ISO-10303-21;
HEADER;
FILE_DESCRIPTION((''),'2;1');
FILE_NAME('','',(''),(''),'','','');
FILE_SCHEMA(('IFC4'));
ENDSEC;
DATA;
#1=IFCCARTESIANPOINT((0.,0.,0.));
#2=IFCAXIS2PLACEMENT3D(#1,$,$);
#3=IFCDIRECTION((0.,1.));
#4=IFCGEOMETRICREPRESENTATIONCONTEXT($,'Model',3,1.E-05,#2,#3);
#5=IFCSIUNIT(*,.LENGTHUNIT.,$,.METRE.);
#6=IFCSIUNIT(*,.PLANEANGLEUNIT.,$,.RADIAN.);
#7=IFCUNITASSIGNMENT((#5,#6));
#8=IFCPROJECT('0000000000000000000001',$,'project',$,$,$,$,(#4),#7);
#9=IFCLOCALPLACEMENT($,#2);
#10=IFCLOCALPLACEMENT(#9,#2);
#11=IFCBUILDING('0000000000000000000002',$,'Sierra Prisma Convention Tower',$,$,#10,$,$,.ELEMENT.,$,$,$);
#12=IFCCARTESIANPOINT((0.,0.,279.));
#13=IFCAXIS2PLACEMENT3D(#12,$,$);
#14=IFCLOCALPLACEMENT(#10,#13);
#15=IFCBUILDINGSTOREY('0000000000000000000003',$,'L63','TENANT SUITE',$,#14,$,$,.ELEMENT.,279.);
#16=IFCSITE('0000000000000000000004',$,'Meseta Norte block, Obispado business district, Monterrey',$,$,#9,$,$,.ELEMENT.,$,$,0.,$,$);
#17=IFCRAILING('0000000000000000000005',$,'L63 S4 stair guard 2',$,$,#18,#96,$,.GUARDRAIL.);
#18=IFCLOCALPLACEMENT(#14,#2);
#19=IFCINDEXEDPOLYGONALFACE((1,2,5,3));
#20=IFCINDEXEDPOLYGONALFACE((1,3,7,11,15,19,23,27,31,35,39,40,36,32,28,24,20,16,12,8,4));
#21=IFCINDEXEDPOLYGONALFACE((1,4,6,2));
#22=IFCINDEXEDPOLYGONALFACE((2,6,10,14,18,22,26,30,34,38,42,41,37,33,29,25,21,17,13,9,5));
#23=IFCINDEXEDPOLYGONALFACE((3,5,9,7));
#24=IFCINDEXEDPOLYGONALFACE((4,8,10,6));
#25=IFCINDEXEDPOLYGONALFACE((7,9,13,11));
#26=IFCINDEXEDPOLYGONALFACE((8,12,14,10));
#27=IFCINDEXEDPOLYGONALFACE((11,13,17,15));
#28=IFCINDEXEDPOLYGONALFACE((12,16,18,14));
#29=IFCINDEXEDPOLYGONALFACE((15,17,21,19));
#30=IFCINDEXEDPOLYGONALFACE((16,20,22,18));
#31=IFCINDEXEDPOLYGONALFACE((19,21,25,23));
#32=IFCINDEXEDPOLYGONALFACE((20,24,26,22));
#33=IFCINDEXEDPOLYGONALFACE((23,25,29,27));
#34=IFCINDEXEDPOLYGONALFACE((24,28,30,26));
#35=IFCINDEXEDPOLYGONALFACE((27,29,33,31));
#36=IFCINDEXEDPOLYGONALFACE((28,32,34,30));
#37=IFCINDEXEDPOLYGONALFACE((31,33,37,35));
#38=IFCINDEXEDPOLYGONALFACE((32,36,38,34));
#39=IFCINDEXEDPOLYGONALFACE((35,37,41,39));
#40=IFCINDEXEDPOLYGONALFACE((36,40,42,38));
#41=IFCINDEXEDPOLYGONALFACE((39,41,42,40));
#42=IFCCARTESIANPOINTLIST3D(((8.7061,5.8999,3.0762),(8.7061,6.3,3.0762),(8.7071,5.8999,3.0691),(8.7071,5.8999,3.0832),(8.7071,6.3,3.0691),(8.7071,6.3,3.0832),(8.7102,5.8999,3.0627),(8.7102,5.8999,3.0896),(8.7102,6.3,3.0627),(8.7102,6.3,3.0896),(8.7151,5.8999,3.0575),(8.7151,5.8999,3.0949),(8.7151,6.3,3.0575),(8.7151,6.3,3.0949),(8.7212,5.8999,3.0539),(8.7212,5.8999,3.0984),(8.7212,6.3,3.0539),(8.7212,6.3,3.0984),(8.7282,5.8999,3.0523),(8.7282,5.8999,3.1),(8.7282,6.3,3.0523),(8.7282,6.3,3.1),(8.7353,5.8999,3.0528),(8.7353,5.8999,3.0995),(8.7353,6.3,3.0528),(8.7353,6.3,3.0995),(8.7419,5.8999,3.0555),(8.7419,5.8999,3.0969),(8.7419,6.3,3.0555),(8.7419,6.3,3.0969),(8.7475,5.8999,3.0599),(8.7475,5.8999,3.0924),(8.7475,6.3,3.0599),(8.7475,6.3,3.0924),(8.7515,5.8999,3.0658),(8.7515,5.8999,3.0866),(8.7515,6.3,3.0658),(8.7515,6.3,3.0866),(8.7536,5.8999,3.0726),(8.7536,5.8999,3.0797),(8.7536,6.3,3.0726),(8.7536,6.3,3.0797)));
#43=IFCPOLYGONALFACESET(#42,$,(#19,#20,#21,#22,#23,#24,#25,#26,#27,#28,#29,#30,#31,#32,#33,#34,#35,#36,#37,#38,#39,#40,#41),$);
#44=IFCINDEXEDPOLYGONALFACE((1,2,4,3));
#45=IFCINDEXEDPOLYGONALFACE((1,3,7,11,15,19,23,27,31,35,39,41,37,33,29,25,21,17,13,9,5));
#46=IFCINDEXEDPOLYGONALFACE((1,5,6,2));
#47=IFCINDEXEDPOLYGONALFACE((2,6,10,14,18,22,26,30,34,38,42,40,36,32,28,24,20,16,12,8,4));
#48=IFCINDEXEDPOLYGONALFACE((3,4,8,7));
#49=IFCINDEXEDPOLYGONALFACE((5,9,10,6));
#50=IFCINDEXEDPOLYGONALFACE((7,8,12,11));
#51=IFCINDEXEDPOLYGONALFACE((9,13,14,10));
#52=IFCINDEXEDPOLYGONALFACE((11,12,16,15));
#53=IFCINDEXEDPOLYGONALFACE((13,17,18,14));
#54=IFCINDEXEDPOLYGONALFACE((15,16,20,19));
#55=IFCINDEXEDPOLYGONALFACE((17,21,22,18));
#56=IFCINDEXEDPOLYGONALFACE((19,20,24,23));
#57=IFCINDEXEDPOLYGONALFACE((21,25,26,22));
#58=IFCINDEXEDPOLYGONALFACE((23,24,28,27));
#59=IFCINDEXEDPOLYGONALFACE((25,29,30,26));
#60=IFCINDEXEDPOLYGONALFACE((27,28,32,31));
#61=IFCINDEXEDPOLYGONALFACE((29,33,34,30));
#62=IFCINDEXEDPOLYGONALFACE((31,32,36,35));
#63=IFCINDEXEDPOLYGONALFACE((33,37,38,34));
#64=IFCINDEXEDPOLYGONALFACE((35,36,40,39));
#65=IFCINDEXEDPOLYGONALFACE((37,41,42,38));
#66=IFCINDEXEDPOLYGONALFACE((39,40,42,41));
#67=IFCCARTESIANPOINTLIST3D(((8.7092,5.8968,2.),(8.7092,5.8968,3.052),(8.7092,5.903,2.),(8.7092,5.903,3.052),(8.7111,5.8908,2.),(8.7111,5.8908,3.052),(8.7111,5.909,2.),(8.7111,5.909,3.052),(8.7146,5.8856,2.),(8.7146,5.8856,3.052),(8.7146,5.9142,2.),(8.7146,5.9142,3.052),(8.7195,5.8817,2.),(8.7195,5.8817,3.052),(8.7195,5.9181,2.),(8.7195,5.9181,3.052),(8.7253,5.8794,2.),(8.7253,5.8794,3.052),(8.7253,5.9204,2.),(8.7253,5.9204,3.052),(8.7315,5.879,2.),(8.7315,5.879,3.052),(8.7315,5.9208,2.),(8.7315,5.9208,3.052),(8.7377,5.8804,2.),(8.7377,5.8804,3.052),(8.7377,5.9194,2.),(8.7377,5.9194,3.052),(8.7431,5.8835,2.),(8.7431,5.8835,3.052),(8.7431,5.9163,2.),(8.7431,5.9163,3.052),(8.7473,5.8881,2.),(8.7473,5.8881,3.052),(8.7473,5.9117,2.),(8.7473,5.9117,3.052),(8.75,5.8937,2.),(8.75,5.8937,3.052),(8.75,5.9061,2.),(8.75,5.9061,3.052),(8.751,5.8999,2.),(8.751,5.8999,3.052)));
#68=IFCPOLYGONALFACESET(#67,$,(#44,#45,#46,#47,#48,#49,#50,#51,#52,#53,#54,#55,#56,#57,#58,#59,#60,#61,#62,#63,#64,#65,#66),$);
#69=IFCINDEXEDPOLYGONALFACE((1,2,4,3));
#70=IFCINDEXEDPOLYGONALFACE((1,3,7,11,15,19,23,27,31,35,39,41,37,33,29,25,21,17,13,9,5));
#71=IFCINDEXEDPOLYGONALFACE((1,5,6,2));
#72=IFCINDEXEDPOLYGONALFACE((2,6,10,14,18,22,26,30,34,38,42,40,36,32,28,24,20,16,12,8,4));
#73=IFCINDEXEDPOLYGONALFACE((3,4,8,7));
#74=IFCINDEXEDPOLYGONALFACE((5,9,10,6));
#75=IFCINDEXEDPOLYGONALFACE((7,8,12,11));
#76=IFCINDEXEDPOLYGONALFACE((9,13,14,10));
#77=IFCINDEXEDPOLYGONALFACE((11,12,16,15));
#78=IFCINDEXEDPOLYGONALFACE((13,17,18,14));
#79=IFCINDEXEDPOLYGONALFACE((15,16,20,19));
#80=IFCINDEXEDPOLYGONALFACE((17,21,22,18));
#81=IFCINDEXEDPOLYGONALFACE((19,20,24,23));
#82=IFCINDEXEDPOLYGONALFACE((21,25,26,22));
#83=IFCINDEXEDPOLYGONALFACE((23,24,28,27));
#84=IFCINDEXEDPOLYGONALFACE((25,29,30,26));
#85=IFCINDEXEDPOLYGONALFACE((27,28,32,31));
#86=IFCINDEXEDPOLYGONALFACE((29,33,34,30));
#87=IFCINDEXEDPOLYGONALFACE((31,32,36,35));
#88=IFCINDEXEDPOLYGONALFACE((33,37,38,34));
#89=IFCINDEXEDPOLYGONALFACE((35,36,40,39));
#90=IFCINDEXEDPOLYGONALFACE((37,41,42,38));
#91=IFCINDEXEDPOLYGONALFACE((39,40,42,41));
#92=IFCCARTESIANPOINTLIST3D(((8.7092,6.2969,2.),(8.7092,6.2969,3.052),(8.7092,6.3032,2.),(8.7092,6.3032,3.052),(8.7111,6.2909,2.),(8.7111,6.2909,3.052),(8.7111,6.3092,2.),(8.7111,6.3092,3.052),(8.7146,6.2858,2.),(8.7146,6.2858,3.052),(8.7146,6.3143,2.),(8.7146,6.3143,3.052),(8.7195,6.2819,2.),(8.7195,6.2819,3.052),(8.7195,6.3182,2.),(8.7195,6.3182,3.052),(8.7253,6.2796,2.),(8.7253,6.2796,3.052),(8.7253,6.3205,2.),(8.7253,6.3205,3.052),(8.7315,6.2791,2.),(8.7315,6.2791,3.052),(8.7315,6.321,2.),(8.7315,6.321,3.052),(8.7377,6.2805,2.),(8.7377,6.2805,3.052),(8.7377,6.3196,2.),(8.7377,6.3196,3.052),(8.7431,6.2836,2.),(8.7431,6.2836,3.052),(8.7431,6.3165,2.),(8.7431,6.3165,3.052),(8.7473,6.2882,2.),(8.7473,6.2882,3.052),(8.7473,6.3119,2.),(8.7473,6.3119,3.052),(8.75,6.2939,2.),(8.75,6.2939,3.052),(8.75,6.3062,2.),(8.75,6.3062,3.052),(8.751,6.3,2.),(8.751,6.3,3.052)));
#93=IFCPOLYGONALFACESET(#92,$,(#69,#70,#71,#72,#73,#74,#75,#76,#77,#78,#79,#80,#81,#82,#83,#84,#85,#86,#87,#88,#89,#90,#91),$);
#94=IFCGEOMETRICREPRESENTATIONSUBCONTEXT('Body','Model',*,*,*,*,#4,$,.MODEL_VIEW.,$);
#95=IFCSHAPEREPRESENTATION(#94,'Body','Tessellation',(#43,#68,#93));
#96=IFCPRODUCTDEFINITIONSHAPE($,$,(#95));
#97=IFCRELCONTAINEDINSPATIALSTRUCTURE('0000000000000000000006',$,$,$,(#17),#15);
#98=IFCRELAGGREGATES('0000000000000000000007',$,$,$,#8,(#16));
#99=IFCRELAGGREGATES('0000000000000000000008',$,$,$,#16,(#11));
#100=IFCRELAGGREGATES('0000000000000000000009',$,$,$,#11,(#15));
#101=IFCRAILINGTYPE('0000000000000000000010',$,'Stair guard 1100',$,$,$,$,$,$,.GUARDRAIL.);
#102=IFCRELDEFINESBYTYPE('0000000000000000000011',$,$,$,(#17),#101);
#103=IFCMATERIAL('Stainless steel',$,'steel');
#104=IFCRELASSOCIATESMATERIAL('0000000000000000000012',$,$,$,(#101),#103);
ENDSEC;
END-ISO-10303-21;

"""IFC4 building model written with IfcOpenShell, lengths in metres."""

from ifc_helpers import new_model, si_unit, direction, frame, origin, origin_2d, place, context, subcontext, project, spatial, circle, extrude, material, type_object, element, save


model = new_model("IFC4")

# Units and contexts
model_context = context("Model", 3, precision=1e-05, world=origin(), true_north=direction((0.0, 1.0)))
body_context = subcontext(model_context, "Body", "Model", "MODEL_VIEW")
ifc_project = project(units=[si_unit("LENGTHUNIT", "METRE"), si_unit("PLANEANGLEUNIT", "RADIAN")], contexts=[model_context])

# Site, building, storey
site_placement = place(None, origin())
site = spatial("IfcSite", under=ifc_project, at=site_placement, Name="Meseta Norte block, Obispado business district, Monterrey", CompositionType="ELEMENT", RefElevation=0.0)
building_placement = place(site_placement, origin())
building = spatial("IfcBuilding", under=site, at=building_placement, Name="Sierra Prisma Convention Tower", CompositionType="ELEMENT")
storey_placement = place(building_placement, frame((0.0, 0.0, 279.0)))
storey = spatial("IfcBuildingStorey", under=building, at=storey_placement, Name="L63", Description="TENANT SUITE", CompositionType="ELEMENT", Elevation=279.0)

# Railing
ifc_material_1 = material(Name="Stainless steel", Category="steel")
railing_type_1 = type_object("IfcRailingType", Name="Stair guard 1100", PredefinedType="GUARDRAIL", material=ifc_material_1)
railing_1_placement = place(storey_placement, frame((8.73, 5.8999, 2.0)))
element("IfcRailing", 1, at=railing_1_placement, inside=storey, type_object=railing_type_1, Name="L63 S4 stair guard 2", PredefinedType="GUARDRAIL", context=body_context, shape_type="SweptSolid", body=[
    extrude(circle(Radius=0.0239, at=origin_2d()), frame((0.0, 0.0, 1.0762), z_axis=(0.0, 1.0, 0.0), x_axis=(-1.0, 0.0, 0.0)), (0.0, 0.0, 1.0), 0.4001),
    extrude(circle(Radius=0.021, at=origin_2d()), origin(), (0.0, 0.0, 1.0), 1.052),
    extrude(circle(Radius=0.021, at=origin_2d()), frame((0.0, 0.4001, 0.0)), (0.0, 0.0, 1.0), 1.052),
])

save(model, "model.ifc")
